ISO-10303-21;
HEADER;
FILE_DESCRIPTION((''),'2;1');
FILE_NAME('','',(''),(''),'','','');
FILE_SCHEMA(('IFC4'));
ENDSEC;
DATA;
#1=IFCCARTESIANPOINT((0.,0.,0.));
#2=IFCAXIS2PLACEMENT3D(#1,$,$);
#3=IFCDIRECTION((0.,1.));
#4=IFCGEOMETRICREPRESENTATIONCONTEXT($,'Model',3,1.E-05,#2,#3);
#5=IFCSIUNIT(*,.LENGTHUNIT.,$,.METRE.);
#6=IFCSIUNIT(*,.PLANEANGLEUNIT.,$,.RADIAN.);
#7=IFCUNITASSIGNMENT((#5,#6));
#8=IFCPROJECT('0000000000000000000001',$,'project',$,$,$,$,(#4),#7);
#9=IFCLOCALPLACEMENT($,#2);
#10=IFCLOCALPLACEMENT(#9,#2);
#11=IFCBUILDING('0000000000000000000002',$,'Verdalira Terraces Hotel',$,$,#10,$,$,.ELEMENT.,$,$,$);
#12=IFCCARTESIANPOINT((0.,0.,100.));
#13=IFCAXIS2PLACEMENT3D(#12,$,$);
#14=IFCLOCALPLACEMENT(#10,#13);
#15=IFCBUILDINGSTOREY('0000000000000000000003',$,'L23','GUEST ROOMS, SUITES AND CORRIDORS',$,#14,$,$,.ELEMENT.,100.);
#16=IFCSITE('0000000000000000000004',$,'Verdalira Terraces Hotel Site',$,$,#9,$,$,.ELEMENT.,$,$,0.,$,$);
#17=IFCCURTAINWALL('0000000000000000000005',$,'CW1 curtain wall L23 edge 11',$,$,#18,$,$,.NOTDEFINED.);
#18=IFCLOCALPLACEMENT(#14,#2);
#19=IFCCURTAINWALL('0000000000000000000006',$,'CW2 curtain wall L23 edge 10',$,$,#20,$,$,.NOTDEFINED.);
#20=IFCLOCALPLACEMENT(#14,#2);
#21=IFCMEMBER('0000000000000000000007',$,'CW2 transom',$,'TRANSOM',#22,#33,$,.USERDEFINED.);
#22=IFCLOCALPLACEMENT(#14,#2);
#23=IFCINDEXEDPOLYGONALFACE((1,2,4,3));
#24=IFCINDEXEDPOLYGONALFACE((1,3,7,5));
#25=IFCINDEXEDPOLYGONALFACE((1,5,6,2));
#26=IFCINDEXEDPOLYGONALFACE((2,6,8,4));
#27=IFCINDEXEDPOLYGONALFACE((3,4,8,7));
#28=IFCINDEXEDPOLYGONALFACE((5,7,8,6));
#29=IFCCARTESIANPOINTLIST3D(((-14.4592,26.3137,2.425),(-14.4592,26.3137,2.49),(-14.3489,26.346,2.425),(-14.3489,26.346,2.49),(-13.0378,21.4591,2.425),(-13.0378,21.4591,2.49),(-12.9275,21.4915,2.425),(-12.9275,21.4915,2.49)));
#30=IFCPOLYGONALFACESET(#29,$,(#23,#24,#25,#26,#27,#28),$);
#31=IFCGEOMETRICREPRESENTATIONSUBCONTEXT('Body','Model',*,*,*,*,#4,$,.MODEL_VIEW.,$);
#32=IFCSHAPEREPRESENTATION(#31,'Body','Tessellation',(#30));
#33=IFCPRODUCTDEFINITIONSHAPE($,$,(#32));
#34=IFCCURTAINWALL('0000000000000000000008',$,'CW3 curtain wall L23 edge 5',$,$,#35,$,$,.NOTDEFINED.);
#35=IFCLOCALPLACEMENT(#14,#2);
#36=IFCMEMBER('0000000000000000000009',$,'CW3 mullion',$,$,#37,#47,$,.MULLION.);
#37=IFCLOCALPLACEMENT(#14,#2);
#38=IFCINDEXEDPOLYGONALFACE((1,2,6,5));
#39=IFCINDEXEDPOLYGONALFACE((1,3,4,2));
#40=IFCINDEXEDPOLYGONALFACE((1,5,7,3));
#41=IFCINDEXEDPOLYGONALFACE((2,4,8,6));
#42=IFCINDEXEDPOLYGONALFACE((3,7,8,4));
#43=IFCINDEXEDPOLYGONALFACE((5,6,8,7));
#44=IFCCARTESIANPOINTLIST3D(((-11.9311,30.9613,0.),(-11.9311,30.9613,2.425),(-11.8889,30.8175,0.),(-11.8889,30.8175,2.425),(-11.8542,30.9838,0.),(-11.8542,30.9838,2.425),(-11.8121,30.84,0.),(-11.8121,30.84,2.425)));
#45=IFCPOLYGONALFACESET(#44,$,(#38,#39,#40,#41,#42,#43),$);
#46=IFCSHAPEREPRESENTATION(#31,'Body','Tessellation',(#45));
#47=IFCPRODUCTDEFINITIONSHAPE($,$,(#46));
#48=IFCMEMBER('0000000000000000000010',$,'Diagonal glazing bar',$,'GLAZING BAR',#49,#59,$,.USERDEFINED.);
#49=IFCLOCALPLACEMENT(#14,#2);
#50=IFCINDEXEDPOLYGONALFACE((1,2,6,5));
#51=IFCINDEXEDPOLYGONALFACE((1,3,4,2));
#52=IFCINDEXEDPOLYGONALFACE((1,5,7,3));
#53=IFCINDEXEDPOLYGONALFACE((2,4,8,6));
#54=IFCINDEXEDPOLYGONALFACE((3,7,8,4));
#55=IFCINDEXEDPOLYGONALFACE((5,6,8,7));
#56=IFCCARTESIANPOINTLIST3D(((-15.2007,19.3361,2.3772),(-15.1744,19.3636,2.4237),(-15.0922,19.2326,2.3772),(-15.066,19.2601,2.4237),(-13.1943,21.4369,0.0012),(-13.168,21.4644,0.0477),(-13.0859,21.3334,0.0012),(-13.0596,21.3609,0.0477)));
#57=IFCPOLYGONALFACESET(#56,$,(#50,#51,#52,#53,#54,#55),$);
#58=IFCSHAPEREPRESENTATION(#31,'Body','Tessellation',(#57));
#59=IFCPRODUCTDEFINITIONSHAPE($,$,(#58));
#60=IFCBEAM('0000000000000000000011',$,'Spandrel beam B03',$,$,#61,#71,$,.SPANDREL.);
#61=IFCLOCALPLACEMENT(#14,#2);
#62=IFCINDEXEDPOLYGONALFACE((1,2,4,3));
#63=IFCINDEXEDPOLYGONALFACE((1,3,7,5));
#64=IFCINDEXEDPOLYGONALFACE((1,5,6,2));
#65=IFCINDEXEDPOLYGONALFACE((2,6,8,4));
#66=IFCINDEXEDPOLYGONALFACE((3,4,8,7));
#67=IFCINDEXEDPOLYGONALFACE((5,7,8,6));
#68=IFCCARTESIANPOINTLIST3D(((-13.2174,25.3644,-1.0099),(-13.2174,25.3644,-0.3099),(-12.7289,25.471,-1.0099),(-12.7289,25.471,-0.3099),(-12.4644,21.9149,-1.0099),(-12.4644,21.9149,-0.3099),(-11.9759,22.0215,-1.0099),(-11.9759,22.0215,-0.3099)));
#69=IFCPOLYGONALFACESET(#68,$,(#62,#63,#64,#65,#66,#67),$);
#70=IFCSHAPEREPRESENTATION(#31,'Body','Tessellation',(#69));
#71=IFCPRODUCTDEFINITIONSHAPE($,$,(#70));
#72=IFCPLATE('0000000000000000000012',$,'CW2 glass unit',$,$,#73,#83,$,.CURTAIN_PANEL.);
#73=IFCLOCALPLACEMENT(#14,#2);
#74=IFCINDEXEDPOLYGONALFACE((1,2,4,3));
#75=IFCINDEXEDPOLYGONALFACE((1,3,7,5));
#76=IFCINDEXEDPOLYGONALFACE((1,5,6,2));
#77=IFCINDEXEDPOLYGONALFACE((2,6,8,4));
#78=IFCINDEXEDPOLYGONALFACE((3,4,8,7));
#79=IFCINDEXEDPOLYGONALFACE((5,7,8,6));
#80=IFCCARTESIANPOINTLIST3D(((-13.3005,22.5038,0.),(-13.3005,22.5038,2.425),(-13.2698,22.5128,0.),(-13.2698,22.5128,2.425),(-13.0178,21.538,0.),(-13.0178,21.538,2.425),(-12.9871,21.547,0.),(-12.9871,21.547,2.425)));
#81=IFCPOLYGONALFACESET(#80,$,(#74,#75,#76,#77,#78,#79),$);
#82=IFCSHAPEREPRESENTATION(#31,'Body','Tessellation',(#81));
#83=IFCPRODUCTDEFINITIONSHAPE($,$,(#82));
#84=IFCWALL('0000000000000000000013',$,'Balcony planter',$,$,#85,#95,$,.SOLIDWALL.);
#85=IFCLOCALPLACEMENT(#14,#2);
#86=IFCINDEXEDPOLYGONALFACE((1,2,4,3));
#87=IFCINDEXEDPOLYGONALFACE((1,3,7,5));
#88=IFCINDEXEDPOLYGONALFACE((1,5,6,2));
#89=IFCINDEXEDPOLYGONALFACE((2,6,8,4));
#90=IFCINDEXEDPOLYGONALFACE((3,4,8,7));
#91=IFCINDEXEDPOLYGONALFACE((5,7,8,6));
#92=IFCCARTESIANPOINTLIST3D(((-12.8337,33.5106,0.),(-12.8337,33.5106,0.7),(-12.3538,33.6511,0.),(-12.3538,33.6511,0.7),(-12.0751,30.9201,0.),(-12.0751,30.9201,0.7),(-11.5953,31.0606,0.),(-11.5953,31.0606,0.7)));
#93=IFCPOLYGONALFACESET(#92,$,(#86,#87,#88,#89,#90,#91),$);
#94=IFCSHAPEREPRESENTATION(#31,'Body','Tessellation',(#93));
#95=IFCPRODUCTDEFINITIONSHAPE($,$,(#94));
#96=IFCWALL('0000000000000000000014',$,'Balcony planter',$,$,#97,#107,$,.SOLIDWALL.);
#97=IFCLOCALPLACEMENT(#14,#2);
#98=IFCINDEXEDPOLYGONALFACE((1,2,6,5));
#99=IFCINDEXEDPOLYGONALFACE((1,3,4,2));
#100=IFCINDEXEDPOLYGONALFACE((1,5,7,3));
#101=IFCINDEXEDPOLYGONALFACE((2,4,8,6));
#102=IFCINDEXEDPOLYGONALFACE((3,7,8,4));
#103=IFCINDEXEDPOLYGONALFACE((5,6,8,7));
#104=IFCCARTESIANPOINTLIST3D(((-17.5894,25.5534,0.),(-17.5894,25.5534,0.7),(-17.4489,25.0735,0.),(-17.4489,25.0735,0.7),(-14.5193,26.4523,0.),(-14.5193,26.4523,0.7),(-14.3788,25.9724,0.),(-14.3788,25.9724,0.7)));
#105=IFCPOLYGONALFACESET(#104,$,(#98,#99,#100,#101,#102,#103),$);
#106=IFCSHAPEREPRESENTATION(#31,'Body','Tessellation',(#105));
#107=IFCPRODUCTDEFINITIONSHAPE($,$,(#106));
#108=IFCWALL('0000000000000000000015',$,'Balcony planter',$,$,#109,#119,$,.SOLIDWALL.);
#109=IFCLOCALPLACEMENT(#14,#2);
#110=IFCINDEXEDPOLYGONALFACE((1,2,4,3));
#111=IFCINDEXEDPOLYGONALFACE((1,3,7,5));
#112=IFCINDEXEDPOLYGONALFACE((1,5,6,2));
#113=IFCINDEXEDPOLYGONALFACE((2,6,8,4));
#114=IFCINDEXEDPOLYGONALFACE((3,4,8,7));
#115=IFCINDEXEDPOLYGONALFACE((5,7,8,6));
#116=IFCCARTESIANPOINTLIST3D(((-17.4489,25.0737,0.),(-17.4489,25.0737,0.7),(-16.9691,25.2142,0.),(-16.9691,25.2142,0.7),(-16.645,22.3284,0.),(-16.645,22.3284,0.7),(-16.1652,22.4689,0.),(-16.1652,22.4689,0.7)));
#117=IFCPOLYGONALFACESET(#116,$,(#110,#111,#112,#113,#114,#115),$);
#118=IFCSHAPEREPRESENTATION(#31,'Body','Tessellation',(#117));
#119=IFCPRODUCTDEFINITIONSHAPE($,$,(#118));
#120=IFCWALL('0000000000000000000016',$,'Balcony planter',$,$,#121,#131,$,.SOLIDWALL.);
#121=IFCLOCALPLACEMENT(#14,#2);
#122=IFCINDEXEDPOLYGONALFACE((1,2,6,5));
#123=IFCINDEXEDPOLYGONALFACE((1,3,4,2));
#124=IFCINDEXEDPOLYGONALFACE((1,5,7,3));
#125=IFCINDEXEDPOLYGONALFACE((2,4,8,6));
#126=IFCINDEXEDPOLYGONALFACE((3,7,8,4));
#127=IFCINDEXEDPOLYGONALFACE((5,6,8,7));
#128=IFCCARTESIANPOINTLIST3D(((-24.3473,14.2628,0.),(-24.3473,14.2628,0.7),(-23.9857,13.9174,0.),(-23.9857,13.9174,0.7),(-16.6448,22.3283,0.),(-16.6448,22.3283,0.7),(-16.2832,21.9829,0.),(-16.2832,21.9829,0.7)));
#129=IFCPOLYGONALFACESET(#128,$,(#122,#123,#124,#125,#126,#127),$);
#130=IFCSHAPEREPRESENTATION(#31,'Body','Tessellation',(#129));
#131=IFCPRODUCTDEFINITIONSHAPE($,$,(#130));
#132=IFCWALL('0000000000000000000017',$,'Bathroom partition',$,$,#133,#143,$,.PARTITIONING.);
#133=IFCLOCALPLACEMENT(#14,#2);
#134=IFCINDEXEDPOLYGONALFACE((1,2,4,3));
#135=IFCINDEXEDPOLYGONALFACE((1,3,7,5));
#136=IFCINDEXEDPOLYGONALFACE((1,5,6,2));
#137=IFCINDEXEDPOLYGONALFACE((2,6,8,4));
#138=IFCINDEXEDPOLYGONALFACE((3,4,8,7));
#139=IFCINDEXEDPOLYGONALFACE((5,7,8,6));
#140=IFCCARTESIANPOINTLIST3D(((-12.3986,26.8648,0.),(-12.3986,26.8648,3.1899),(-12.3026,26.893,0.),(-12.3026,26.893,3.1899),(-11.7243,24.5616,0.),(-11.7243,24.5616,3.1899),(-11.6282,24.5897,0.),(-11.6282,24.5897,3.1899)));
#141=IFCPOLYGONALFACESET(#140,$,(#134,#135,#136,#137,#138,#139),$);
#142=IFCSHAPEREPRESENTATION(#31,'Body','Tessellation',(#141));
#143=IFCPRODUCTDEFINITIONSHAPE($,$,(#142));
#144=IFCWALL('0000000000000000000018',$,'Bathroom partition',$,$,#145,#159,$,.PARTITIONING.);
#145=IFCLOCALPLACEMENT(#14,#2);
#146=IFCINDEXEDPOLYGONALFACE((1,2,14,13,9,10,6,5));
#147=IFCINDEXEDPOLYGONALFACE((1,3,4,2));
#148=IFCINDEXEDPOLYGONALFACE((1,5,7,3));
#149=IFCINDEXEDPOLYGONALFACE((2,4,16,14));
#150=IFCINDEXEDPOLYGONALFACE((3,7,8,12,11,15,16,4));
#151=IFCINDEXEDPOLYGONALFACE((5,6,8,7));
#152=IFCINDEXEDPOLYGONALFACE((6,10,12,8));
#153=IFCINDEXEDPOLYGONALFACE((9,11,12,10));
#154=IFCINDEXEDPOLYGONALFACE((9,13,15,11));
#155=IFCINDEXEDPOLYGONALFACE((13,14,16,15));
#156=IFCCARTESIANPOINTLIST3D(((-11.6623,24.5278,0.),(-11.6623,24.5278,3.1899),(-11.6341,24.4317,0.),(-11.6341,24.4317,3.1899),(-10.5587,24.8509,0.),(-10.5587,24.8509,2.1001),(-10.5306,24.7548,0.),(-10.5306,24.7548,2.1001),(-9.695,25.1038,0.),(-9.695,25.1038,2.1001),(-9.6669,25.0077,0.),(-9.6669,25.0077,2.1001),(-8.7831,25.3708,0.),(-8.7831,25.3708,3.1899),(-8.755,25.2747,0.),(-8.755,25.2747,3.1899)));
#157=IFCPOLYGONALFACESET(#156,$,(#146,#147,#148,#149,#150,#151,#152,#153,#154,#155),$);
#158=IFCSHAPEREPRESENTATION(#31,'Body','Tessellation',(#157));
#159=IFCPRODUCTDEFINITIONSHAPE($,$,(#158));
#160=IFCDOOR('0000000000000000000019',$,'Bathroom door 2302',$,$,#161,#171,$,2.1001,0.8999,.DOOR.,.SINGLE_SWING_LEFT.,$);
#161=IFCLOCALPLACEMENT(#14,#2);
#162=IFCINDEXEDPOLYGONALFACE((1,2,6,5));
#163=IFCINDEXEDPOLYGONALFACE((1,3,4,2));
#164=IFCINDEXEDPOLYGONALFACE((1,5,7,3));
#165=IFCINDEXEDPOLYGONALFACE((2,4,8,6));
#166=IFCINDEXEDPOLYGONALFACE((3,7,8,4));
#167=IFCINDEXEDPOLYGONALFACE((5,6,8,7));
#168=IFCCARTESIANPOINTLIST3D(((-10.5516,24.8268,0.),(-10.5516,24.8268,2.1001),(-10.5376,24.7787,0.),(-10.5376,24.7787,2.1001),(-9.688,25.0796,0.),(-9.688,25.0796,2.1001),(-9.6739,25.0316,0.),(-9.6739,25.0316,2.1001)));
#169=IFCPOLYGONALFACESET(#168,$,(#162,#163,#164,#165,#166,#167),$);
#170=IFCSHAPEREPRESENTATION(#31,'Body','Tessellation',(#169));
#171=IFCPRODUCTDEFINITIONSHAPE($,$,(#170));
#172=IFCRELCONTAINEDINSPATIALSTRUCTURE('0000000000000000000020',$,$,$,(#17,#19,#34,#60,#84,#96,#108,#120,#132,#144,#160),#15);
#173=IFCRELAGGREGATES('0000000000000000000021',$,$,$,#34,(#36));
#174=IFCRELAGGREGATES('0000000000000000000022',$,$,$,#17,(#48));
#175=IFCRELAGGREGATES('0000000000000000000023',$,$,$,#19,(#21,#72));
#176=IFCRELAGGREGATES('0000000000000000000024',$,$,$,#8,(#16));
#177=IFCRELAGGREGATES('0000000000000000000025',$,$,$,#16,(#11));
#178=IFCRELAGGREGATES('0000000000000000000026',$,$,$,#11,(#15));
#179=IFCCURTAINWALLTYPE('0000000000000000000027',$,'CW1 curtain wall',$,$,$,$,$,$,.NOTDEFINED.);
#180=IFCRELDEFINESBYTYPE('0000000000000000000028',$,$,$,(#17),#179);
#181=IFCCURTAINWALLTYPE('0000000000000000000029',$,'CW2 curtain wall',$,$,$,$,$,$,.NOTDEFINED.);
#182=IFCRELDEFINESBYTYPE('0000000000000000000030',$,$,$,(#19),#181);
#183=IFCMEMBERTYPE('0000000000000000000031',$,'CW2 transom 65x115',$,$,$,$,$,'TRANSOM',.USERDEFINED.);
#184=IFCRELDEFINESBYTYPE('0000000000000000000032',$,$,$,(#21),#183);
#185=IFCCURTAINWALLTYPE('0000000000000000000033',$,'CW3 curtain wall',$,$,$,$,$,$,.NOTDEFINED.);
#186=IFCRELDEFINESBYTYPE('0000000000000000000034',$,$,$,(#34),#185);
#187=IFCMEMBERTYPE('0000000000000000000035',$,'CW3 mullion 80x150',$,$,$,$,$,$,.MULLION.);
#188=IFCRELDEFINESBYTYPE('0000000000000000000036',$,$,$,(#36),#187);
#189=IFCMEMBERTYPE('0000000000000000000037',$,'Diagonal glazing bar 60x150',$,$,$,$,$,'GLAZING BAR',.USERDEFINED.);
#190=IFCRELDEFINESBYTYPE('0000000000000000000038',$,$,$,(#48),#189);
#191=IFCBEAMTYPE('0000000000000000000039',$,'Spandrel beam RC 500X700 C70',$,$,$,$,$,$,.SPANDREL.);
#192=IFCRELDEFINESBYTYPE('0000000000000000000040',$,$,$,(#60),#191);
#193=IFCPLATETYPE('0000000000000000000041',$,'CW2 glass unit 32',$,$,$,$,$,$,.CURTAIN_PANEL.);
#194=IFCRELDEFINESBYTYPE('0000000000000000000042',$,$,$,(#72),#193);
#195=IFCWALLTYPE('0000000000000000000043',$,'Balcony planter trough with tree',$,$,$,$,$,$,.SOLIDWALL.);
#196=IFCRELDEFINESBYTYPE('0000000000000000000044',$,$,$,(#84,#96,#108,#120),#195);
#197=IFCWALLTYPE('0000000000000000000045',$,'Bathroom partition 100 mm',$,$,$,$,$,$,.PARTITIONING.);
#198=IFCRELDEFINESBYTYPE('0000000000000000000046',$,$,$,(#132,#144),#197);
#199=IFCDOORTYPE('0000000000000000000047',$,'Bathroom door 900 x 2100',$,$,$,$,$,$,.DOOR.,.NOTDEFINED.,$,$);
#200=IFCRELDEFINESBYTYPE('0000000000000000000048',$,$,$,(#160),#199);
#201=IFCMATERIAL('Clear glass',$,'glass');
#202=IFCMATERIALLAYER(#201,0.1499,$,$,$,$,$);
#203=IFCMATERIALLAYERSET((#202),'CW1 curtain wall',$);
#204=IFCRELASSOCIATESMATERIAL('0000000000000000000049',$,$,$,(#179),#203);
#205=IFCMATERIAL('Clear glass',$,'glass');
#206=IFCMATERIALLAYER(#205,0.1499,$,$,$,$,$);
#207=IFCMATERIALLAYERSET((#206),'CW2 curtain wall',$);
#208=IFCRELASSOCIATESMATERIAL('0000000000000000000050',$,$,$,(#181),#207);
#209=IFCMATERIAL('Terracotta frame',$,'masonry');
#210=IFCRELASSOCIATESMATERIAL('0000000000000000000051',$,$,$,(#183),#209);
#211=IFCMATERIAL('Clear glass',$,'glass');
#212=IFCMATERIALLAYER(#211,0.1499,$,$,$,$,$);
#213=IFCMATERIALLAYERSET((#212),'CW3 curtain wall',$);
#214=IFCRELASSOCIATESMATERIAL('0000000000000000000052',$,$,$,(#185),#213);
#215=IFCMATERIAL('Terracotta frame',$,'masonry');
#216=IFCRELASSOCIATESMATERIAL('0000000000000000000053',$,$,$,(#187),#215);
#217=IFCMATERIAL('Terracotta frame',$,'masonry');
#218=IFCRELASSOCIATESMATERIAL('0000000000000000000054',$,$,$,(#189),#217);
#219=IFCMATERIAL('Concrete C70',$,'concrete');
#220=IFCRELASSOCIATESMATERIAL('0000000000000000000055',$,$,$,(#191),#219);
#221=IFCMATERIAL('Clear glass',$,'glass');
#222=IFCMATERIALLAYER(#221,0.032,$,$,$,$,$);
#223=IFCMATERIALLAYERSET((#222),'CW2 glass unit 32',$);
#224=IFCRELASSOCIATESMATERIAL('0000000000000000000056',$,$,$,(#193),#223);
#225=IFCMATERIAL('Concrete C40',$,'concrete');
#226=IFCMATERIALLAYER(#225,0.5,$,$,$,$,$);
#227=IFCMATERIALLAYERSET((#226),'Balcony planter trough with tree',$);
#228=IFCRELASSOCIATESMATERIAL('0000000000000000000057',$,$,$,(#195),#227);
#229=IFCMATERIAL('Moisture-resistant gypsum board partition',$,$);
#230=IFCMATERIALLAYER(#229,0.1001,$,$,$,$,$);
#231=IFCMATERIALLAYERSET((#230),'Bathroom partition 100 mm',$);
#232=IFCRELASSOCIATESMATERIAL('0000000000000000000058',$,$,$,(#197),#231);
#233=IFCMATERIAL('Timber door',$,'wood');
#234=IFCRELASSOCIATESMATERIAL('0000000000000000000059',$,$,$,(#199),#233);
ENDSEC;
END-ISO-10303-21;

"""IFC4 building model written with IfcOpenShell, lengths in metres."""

from ifc_helpers import new_model, si_unit, direction, frame, frame_2d, origin, origin_2d, place, context, subcontext, project, spatial, rectangle, extrude, material, layer, layer_set, material_profile, profile_set, type_object, element, fill, aggregate, save


model = new_model("IFC4")

# Units and contexts
model_context = context("Model", 3, precision=1e-05, world=origin(), true_north=direction((0.0, 1.0)))
body_context = subcontext(model_context, "Body", "Model", "MODEL_VIEW")
ifc_project = project(units=[si_unit("LENGTHUNIT", "METRE"), si_unit("PLANEANGLEUNIT", "RADIAN")], contexts=[model_context])

# Site, building, storey
site_placement = place(None, origin())
site = spatial("IfcSite", under=ifc_project, at=site_placement, Name="Verdalira Terraces Hotel Site", CompositionType="ELEMENT", RefElevation=0.0)
building_placement = place(site_placement, origin())
building = spatial("IfcBuilding", under=site, at=building_placement, Name="Verdalira Terraces Hotel", CompositionType="ELEMENT")
storey_placement = place(building_placement, frame((0.0, 0.0, 100.0)))
storey = spatial("IfcBuildingStorey", under=building, at=storey_placement, Name="L23", Description="GUEST ROOMS, SUITES AND CORRIDORS", CompositionType="ELEMENT", Elevation=100.0)

# Curtain walls, member
ifc_material_1 = material(Name="Clear glass", Category="glass")
ifc_layer_1 = layer(ifc_material_1, 0.1499)
ifc_layer_set_1 = layer_set([ifc_layer_1], Name="CW1 curtain wall")
curtain_wall_type_1 = type_object("IfcCurtainWallType", Name="CW1 curtain wall", PredefinedType="NOTDEFINED", material=ifc_layer_set_1)
curtain_wall_1_placement = place(storey_placement, origin())
curtain_wall_1 = element("IfcCurtainWall", 1, at=curtain_wall_1_placement, inside=storey, type_object=curtain_wall_type_1, Name="CW1 curtain wall L23 edge 11", PredefinedType="NOTDEFINED")
ifc_material_2 = material(Name="Clear glass", Category="glass")
ifc_layer_2 = layer(ifc_material_2, 0.1499)
ifc_layer_set_2 = layer_set([ifc_layer_2], Name="CW2 curtain wall")
curtain_wall_type_2 = type_object("IfcCurtainWallType", Name="CW2 curtain wall", PredefinedType="NOTDEFINED", material=ifc_layer_set_2)
curtain_wall_2_placement = place(storey_placement, origin())
curtain_wall_2 = element("IfcCurtainWall", 2, at=curtain_wall_2_placement, inside=storey, type_object=curtain_wall_type_2, Name="CW2 curtain wall L23 edge 10", PredefinedType="NOTDEFINED")
ifc_material_3 = material(Name="Terracotta frame", Category="masonry")
ifc_material_profile_1 = material_profile(ifc_material_3, rectangle(XDim=0.115, YDim=0.0649, at=origin_2d()), Name="TR 65x115")
ifc_profile_set_1 = profile_set([ifc_material_profile_1], Name="Terracotta frame")
member_type_1 = type_object("IfcMemberType", Name="CW2 transom 65x115", ElementType="TRANSOM", PredefinedType="USERDEFINED", material=ifc_profile_set_1)
member_1_placement = place(storey_placement, frame((-14.4041, 26.3298, 2.4575), z_axis=(0.281001, -0.959708, 0.0), x_axis=(0.959708, 0.281001, 0.0)))
member_1 = element("IfcMember", 3, at=member_1_placement, type_object=member_type_1, Name="CW2 transom", ObjectType="TRANSOM", PredefinedType="USERDEFINED", context=body_context, shape_type="SweptSolid", body=[
    extrude(rectangle(XDim=0.115, YDim=0.0649, at=origin_2d()), origin(), (0.0, 0.0, 1.0), 5.0583),
])

# Curtain wall, member
ifc_material_4 = material(Name="Clear glass", Category="glass")
ifc_layer_3 = layer(ifc_material_4, 0.1499)
ifc_layer_set_3 = layer_set([ifc_layer_3], Name="CW3 curtain wall")
curtain_wall_type_3 = type_object("IfcCurtainWallType", Name="CW3 curtain wall", PredefinedType="NOTDEFINED", material=ifc_layer_set_3)
curtain_wall_3_placement = place(storey_placement, origin())
curtain_wall_3 = element("IfcCurtainWall", 4, at=curtain_wall_3_placement, inside=storey, type_object=curtain_wall_type_3, Name="CW3 curtain wall L23 edge 5", PredefinedType="NOTDEFINED")
ifc_material_5 = material(Name="Terracotta frame", Category="masonry")
ifc_material_profile_2 = material_profile(ifc_material_5, rectangle(XDim=0.0801, YDim=0.1499, at=origin_2d()), Name="MU 80x150")
ifc_profile_set_2 = profile_set([ifc_material_profile_2], Name="Terracotta frame")
member_type_2 = type_object("IfcMemberType", Name="CW3 mullion 80x150", PredefinedType="MULLION", material=ifc_profile_set_2)
member_2_placement = place(storey_placement, frame((-11.8716, 30.9006, 0.0), z_axis=(0.0, 0.0, 1.0), x_axis=(-0.959707, -0.281002, 0.0)))
member_2 = element("IfcMember", 5, at=member_2_placement, type_object=member_type_2, Name="CW3 mullion", PredefinedType="MULLION", context=body_context, shape_type="SweptSolid", body=[
    extrude(rectangle(XDim=0.0801, YDim=0.1499, at=origin_2d()), origin(), (0.0, 0.0, 1.0), 2.425),
])
aggregate(curtain_wall_3, [member_2])

# Member
ifc_material_6 = material(Name="Terracotta frame", Category="masonry")
ifc_material_profile_3 = material_profile(ifc_material_6, rectangle(XDim=0.1499, YDim=0.0601, at=origin_2d()), Name="GB 60x150")
ifc_profile_set_3 = profile_set([ifc_material_profile_3], Name="Terracotta frame")
member_type_3 = type_object("IfcMemberType", Name="Diagonal glazing bar 60x150", ElementType="GLAZING BAR", PredefinedType="USERDEFINED", material=ifc_profile_set_3)
member_3_placement = place(storey_placement, frame((-13.127, 21.3989, 0.0244), z_axis=(-0.534614, -0.55979, 0.633106), x_axis=(0.723182, -0.690658, 0.0)))
member_3 = element("IfcMember", 6, at=member_3_placement, type_object=member_type_3, Name="Diagonal glazing bar", ObjectType="GLAZING BAR", PredefinedType="USERDEFINED", context=body_context, shape_type="SweptSolid", body=[
    extrude(rectangle(XDim=0.1499, YDim=0.0601, at=origin_2d()), origin(), (0.0, 0.0, 1.0), 3.7529),
])
aggregate(curtain_wall_1, [member_3])

# Beam
ifc_material_7 = material(Name="Concrete C70", Category="concrete")
ifc_material_profile_4 = material_profile(ifc_material_7, rectangle(XDim=0.5, YDim=0.7, at=origin_2d()), Name="RC 500X700")
ifc_profile_set_4 = profile_set([ifc_material_profile_4], Name="Concrete C70")
beam_type_1 = type_object("IfcBeamType", Name="Spandrel beam RC 500X700 C70", PredefinedType="SPANDREL", material=ifc_profile_set_4)
beam_1_placement = place(storey_placement, frame((-12.9731, 25.4177, -0.6599), z_axis=(0.213253, -0.976997, 0.0), x_axis=(0.976997, 0.213253, 0.0)))
element("IfcBeam", 7, at=beam_1_placement, inside=storey, type_object=beam_type_1, Name="Spandrel beam B03", PredefinedType="SPANDREL", context=body_context, shape_type="SweptSolid", body=[
    extrude(rectangle(XDim=0.5, YDim=0.7, at=origin_2d()), origin(), (0.0, 0.0, 1.0), 3.5308),
])

# Plate
ifc_material_8 = material(Name="Clear glass", Category="glass")
ifc_layer_4 = layer(ifc_material_8, 0.032)
ifc_layer_set_4 = layer_set([ifc_layer_4], Name="CW2 glass unit 32")
plate_type = type_object("IfcPlateType", Name="CW2 glass unit 32", PredefinedType="CURTAIN_PANEL", material=ifc_layer_set_4)
plate_placement = place(storey_placement, frame((-13.1438, 22.0254, 0.0), z_axis=(0.0, 0.0, 1.0), x_axis=(0.281002, -0.959707, 0.0)))
plate = element("IfcPlate", 8, at=plate_placement, type_object=plate_type, Name="CW2 glass unit", PredefinedType="CURTAIN_PANEL", context=body_context, shape_type="SweptSolid", body=[
    extrude(rectangle(XDim=1.0063, YDim=0.032, at=origin_2d()), origin(), (0.0, 0.0, 1.0), 2.425),
])
aggregate(curtain_wall_2, [member_1, plate])

# Walls
ifc_material_9 = material(Name="Concrete C40", Category="concrete")
ifc_layer_5 = layer(ifc_material_9, 0.5)
ifc_layer_set_5 = layer_set([ifc_layer_5], Name="Balcony planter trough with tree")
wall_type_1 = type_object("IfcWallType", Name="Balcony planter trough with tree", PredefinedType="SOLIDWALL", material=ifc_layer_set_5)
wall_1_placement = place(storey_placement, frame((-12.5938, 33.5808, 0.0), z_axis=(0.0, 0.0, 1.0), x_axis=(0.281035, -0.959698, 0.0)))
element("IfcWall", 9, at=wall_1_placement, inside=storey, type_object=wall_type_1, Name="Balcony planter", PredefinedType="SOLIDWALL", context=body_context, shape_type="SweptSolid", body=[
    extrude(rectangle(XDim=2.6992, YDim=0.5, at=frame_2d((1.3496, 0.0))), origin(), (0.0, 0.0, 1.0), 0.7),
])
wall_2_placement = place(storey_placement, frame((-14.449, 26.2124, 0.0), z_axis=(0.0, 0.0, 1.0), x_axis=(-0.959706, -0.281005, 0.0)))
element("IfcWall", 10, at=wall_2_placement, inside=storey, type_object=wall_type_1, Name="Balcony planter", PredefinedType="SOLIDWALL", context=body_context, shape_type="SweptSolid", body=[
    extrude(rectangle(XDim=3.199, YDim=0.5, at=frame_2d((1.5996, 0.0))), origin(), (0.0, 0.0, 1.0), 0.7),
])
wall_3_placement = place(storey_placement, frame((-17.209, 25.1438, 0.0), z_axis=(0.0, 0.0, 1.0), x_axis=(0.281039, -0.959696, 0.0)))
element("IfcWall", 11, at=wall_3_placement, inside=storey, type_object=wall_type_1, Name="Balcony planter", PredefinedType="SOLIDWALL", context=body_context, shape_type="SweptSolid", body=[
    extrude(rectangle(XDim=2.8606, YDim=0.5, at=frame_2d((1.4302, 0.0))), origin(), (0.0, 0.0, 1.0), 0.7),
])
wall_4_placement = place(storey_placement, frame((-16.4641, 22.1555, 0.0), z_axis=(0.0, 0.0, 1.0), x_axis=(-0.690643, -0.723195, 0.0)))
element("IfcWall", 12, at=wall_4_placement, inside=storey, type_object=wall_type_1, Name="Balcony planter", PredefinedType="SOLIDWALL", context=body_context, shape_type="SweptSolid", body=[
    extrude(rectangle(XDim=11.1526, YDim=0.5, at=frame_2d((5.5762, 0.0))), origin(), (0.0, 0.0, 1.0), 0.7),
])
ifc_material_10 = material(Name="Moisture-resistant gypsum board partition")
ifc_layer_6 = layer(ifc_material_10, 0.1001)
ifc_layer_set_6 = layer_set([ifc_layer_6], Name="Bathroom partition 100 mm")
wall_type_2 = type_object("IfcWallType", Name="Bathroom partition 100 mm", PredefinedType="PARTITIONING", material=ifc_layer_set_6)
wall_5_placement = place(storey_placement, frame((-11.6763, 24.5757, 0.0), z_axis=(0.0, 0.0, 1.0), x_axis=(-0.280976, 0.959715, 0.0)))
element("IfcWall", 13, at=wall_5_placement, inside=storey, type_object=wall_type_2, Name="Bathroom partition", PredefinedType="PARTITIONING", context=body_context, shape_type="SweptSolid", body=[
    extrude(rectangle(XDim=2.3999, YDim=0.1001, at=frame_2d((1.2, 0.0))), origin(), (0.0, 0.0, 1.0), 3.1899),
])

# Wall, opening, door
wall_6_placement = place(storey_placement, frame((-11.6482, 24.4797, 0.0), z_axis=(0.0, 0.0, 1.0), x_axis=(0.959707, 0.281003, 0.0)))
wall_6 = element("IfcWall", 14, at=wall_6_placement, inside=storey, type_object=wall_type_2, Name="Bathroom partition", PredefinedType="PARTITIONING", context=body_context, shape_type="SweptSolid", body=[
    extrude(rectangle(XDim=3.0, YDim=0.1001, at=frame_2d((1.5, 0.0))), origin(), (0.0, 0.0, 1.0), 3.1899),
])
opening_1_placement = place(wall_6_placement, frame((1.1499, 0.0, 0.0)))
opening_1 = element("IfcOpeningElement", 15, at=opening_1_placement, cuts=wall_6, PredefinedType="OPENING", context=body_context, shape_type="SweptSolid", body=[
    extrude(rectangle(XDim=0.8999, YDim=2.1001, at=frame_2d((0.45, 1.05))), frame((0.0, 0.0601, 0.0), z_axis=(0.0, -1.0, 0.0), x_axis=(1.0, 0.0, 0.0)), (0.0, 0.0, 1.0), 0.1201),
])
ifc_material_11 = material(Name="Timber door", Category="wood")
door_type_1 = type_object("IfcDoorType", Name="Bathroom door 900 x 2100", OperationType="NOTDEFINED", PredefinedType="DOOR", material=ifc_material_11)
door_1_placement = place(opening_1_placement, origin())
door_1 = element("IfcDoor", 16, at=door_1_placement, inside=storey, type_object=door_type_1, Name="Bathroom door 2302", OperationType="SINGLE_SWING_LEFT", OverallHeight=2.1001, OverallWidth=0.8999, PredefinedType="DOOR", context=body_context, shape_type="SweptSolid", body=[
    extrude(rectangle(XDim=0.8999, YDim=2.1001, at=frame_2d((0.45, 1.05))), frame((0.0, 0.0249, 0.0), z_axis=(0.0, -1.0, 0.0), x_axis=(1.0, 0.0, 0.0)), (0.0, 0.0, 1.0), 0.05),
])
fill(opening_1, door_1)

save(model, "model.ifc")
